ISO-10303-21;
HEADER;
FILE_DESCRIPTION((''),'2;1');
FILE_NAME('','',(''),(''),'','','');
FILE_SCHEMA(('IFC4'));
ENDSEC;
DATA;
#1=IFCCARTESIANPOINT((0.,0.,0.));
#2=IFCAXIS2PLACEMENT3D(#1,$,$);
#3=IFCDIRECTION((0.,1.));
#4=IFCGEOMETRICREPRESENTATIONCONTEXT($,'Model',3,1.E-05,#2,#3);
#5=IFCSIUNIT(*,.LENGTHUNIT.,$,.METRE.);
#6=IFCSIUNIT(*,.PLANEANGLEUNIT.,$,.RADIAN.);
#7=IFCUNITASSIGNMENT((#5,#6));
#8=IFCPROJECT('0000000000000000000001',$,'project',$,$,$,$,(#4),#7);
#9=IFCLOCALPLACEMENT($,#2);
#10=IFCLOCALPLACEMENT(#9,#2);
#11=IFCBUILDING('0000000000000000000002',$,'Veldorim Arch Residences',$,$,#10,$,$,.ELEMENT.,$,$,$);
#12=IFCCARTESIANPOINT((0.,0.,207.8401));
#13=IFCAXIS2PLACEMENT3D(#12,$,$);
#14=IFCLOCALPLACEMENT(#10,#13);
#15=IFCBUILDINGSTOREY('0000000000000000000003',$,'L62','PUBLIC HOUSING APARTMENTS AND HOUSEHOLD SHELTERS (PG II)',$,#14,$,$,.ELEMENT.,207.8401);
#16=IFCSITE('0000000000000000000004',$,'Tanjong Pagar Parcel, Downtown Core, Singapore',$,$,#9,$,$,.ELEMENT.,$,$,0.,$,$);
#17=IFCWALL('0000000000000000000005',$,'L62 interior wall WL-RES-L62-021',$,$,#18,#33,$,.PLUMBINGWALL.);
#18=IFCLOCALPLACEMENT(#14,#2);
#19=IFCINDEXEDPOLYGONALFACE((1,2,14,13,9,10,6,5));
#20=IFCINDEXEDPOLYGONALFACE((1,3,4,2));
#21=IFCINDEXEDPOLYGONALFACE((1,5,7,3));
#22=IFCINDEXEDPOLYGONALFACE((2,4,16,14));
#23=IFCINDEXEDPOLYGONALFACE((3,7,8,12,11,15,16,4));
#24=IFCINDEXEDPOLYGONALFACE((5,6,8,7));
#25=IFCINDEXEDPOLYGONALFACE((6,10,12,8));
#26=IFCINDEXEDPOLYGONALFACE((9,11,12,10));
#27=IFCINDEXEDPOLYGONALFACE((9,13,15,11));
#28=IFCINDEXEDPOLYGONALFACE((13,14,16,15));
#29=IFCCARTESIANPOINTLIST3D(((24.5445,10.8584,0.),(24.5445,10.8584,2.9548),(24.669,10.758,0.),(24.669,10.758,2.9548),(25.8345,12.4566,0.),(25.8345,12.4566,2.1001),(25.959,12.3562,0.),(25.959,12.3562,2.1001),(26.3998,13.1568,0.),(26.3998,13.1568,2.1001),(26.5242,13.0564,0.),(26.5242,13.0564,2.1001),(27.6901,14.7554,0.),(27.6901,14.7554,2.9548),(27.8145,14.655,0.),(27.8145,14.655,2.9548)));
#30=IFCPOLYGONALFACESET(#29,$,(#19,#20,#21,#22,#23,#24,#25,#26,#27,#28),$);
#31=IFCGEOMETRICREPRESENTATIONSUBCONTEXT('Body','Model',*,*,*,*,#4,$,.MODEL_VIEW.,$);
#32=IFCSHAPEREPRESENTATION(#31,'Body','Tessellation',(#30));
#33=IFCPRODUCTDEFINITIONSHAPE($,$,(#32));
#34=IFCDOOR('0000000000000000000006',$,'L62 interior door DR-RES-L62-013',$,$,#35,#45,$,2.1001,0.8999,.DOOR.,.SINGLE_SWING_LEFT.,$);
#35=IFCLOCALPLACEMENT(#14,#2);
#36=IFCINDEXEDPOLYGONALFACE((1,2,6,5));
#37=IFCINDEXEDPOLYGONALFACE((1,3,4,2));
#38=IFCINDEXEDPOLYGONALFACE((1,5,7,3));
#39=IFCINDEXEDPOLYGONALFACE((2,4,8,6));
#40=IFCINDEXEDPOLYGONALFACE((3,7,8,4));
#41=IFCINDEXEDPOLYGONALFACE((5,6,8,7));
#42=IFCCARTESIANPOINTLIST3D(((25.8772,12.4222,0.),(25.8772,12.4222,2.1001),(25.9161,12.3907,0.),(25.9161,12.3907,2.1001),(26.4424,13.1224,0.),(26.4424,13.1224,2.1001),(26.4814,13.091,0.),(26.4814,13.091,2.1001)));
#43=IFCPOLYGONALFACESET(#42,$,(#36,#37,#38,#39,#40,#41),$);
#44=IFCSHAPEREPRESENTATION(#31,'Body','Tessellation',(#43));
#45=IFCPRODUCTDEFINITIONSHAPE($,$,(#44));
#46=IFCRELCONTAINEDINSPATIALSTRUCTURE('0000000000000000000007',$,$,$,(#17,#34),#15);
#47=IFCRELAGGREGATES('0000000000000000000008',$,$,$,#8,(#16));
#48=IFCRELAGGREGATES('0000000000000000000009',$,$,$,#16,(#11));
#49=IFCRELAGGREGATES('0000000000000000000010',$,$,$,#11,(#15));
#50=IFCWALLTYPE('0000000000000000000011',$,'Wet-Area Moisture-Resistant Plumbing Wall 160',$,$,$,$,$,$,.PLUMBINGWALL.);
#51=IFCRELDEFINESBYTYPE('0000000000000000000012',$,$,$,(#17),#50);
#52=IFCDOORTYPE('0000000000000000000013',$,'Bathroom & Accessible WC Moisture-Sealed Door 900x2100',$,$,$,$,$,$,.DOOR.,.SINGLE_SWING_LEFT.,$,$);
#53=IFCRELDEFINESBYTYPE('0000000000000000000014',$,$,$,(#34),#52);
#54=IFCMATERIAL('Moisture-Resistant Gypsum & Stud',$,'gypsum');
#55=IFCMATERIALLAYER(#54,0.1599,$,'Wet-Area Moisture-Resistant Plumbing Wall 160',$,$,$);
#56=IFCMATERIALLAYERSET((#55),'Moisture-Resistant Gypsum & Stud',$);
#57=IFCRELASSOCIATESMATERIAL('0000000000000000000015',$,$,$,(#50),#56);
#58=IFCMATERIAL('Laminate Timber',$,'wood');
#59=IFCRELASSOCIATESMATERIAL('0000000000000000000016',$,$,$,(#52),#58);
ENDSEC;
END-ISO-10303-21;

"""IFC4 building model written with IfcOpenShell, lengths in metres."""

from ifc_helpers import new_model, si_unit, direction, frame, frame_2d, origin, place, context, subcontext, project, spatial, rectangle, extrude, material, layer, layer_set, type_object, element, fill, save


model = new_model("IFC4")

# Units and contexts
model_context = context("Model", 3, precision=1e-05, world=origin(), true_north=direction((0.0, 1.0)))
body_context = subcontext(model_context, "Body", "Model", "MODEL_VIEW")
ifc_project = project(units=[si_unit("LENGTHUNIT", "METRE"), si_unit("PLANEANGLEUNIT", "RADIAN")], contexts=[model_context])

# Site, building, storey
site_placement = place(None, origin())
site = spatial("IfcSite", under=ifc_project, at=site_placement, Name="Tanjong Pagar Parcel, Downtown Core, Singapore", CompositionType="ELEMENT", RefElevation=0.0)
building_placement = place(site_placement, origin())
building = spatial("IfcBuilding", under=site, at=building_placement, Name="Veldorim Arch Residences", CompositionType="ELEMENT")
storey_placement = place(building_placement, frame((0.0, 0.0, 207.8401)))
storey = spatial("IfcBuildingStorey", under=building, at=storey_placement, Name="L62", Description="PUBLIC HOUSING APARTMENTS AND HOUSEHOLD SHELTERS (PG II)", CompositionType="ELEMENT", Elevation=207.8401)

# Shared definitions
ifc_material_1 = material(Name="Moisture-Resistant Gypsum & Stud", Category="gypsum")
ifc_layer_1 = layer(ifc_material_1, 0.1599, Name="Wet-Area Moisture-Resistant Plumbing Wall 160")
ifc_layer_set_1 = layer_set([ifc_layer_1], Name="Moisture-Resistant Gypsum & Stud")
wall_type_1 = type_object("IfcWallType", Name="Wet-Area Moisture-Resistant Plumbing Wall 160", PredefinedType="PLUMBINGWALL", material=ifc_layer_set_1)

# Wall, opening, door
wall_1_placement = place(storey_placement, frame((27.7522, 14.7051, 0.0), z_axis=(0.0, 0.0, 1.0), x_axis=(-0.62809, -0.778141, 0.0)))
wall_1 = element("IfcWall", 1, at=wall_1_placement, inside=storey, type_object=wall_type_1, Name="L62 interior wall WL-RES-L62-021", PredefinedType="PLUMBINGWALL", context=body_context, shape_type="SweptSolid", body=[
    extrude(rectangle(XDim=5.0081, YDim=0.1599, at=frame_2d((2.5039, 0.0))), origin(), (0.0, 0.0, 1.0), 2.9548),
])
opening_1_placement = place(wall_1_placement, frame((2.0542, 0.0, 0.0)))
opening_1 = element("IfcOpeningElement", 2, at=opening_1_placement, cuts=wall_1, PredefinedType="OPENING", context=body_context, shape_type="SweptSolid", body=[
    extrude(rectangle(XDim=0.8999, YDim=2.1001, at=frame_2d((0.45, 1.05))), frame((0.0, 0.0898, 0.0), z_axis=(0.0, -1.0, 0.0), x_axis=(1.0, 0.0, 0.0)), (0.0, 0.0, 1.0), 0.1799),
])
ifc_material_2 = material(Name="Laminate Timber", Category="wood")
door_type_1 = type_object("IfcDoorType", Name="Bathroom & Accessible WC Moisture-Sealed Door 900x2100", OperationType="SINGLE_SWING_LEFT", PredefinedType="DOOR", material=ifc_material_2)
door_1_placement = place(opening_1_placement, origin())
door_1 = element("IfcDoor", 3, at=door_1_placement, inside=storey, type_object=door_type_1, Name="L62 interior door DR-RES-L62-013", OperationType="SINGLE_SWING_LEFT", OverallHeight=2.1001, OverallWidth=0.8999, PredefinedType="DOOR", context=body_context, shape_type="SweptSolid", body=[
    extrude(rectangle(XDim=0.8999, YDim=2.1001, at=frame_2d((0.45, 1.05))), frame((0.0, 0.0249, 0.0), z_axis=(0.0, -1.0, 0.0), x_axis=(1.0, 0.0, 0.0)), (0.0, 0.0, 1.0), 0.05),
])
fill(opening_1, door_1)

save(model, "model.ifc")
